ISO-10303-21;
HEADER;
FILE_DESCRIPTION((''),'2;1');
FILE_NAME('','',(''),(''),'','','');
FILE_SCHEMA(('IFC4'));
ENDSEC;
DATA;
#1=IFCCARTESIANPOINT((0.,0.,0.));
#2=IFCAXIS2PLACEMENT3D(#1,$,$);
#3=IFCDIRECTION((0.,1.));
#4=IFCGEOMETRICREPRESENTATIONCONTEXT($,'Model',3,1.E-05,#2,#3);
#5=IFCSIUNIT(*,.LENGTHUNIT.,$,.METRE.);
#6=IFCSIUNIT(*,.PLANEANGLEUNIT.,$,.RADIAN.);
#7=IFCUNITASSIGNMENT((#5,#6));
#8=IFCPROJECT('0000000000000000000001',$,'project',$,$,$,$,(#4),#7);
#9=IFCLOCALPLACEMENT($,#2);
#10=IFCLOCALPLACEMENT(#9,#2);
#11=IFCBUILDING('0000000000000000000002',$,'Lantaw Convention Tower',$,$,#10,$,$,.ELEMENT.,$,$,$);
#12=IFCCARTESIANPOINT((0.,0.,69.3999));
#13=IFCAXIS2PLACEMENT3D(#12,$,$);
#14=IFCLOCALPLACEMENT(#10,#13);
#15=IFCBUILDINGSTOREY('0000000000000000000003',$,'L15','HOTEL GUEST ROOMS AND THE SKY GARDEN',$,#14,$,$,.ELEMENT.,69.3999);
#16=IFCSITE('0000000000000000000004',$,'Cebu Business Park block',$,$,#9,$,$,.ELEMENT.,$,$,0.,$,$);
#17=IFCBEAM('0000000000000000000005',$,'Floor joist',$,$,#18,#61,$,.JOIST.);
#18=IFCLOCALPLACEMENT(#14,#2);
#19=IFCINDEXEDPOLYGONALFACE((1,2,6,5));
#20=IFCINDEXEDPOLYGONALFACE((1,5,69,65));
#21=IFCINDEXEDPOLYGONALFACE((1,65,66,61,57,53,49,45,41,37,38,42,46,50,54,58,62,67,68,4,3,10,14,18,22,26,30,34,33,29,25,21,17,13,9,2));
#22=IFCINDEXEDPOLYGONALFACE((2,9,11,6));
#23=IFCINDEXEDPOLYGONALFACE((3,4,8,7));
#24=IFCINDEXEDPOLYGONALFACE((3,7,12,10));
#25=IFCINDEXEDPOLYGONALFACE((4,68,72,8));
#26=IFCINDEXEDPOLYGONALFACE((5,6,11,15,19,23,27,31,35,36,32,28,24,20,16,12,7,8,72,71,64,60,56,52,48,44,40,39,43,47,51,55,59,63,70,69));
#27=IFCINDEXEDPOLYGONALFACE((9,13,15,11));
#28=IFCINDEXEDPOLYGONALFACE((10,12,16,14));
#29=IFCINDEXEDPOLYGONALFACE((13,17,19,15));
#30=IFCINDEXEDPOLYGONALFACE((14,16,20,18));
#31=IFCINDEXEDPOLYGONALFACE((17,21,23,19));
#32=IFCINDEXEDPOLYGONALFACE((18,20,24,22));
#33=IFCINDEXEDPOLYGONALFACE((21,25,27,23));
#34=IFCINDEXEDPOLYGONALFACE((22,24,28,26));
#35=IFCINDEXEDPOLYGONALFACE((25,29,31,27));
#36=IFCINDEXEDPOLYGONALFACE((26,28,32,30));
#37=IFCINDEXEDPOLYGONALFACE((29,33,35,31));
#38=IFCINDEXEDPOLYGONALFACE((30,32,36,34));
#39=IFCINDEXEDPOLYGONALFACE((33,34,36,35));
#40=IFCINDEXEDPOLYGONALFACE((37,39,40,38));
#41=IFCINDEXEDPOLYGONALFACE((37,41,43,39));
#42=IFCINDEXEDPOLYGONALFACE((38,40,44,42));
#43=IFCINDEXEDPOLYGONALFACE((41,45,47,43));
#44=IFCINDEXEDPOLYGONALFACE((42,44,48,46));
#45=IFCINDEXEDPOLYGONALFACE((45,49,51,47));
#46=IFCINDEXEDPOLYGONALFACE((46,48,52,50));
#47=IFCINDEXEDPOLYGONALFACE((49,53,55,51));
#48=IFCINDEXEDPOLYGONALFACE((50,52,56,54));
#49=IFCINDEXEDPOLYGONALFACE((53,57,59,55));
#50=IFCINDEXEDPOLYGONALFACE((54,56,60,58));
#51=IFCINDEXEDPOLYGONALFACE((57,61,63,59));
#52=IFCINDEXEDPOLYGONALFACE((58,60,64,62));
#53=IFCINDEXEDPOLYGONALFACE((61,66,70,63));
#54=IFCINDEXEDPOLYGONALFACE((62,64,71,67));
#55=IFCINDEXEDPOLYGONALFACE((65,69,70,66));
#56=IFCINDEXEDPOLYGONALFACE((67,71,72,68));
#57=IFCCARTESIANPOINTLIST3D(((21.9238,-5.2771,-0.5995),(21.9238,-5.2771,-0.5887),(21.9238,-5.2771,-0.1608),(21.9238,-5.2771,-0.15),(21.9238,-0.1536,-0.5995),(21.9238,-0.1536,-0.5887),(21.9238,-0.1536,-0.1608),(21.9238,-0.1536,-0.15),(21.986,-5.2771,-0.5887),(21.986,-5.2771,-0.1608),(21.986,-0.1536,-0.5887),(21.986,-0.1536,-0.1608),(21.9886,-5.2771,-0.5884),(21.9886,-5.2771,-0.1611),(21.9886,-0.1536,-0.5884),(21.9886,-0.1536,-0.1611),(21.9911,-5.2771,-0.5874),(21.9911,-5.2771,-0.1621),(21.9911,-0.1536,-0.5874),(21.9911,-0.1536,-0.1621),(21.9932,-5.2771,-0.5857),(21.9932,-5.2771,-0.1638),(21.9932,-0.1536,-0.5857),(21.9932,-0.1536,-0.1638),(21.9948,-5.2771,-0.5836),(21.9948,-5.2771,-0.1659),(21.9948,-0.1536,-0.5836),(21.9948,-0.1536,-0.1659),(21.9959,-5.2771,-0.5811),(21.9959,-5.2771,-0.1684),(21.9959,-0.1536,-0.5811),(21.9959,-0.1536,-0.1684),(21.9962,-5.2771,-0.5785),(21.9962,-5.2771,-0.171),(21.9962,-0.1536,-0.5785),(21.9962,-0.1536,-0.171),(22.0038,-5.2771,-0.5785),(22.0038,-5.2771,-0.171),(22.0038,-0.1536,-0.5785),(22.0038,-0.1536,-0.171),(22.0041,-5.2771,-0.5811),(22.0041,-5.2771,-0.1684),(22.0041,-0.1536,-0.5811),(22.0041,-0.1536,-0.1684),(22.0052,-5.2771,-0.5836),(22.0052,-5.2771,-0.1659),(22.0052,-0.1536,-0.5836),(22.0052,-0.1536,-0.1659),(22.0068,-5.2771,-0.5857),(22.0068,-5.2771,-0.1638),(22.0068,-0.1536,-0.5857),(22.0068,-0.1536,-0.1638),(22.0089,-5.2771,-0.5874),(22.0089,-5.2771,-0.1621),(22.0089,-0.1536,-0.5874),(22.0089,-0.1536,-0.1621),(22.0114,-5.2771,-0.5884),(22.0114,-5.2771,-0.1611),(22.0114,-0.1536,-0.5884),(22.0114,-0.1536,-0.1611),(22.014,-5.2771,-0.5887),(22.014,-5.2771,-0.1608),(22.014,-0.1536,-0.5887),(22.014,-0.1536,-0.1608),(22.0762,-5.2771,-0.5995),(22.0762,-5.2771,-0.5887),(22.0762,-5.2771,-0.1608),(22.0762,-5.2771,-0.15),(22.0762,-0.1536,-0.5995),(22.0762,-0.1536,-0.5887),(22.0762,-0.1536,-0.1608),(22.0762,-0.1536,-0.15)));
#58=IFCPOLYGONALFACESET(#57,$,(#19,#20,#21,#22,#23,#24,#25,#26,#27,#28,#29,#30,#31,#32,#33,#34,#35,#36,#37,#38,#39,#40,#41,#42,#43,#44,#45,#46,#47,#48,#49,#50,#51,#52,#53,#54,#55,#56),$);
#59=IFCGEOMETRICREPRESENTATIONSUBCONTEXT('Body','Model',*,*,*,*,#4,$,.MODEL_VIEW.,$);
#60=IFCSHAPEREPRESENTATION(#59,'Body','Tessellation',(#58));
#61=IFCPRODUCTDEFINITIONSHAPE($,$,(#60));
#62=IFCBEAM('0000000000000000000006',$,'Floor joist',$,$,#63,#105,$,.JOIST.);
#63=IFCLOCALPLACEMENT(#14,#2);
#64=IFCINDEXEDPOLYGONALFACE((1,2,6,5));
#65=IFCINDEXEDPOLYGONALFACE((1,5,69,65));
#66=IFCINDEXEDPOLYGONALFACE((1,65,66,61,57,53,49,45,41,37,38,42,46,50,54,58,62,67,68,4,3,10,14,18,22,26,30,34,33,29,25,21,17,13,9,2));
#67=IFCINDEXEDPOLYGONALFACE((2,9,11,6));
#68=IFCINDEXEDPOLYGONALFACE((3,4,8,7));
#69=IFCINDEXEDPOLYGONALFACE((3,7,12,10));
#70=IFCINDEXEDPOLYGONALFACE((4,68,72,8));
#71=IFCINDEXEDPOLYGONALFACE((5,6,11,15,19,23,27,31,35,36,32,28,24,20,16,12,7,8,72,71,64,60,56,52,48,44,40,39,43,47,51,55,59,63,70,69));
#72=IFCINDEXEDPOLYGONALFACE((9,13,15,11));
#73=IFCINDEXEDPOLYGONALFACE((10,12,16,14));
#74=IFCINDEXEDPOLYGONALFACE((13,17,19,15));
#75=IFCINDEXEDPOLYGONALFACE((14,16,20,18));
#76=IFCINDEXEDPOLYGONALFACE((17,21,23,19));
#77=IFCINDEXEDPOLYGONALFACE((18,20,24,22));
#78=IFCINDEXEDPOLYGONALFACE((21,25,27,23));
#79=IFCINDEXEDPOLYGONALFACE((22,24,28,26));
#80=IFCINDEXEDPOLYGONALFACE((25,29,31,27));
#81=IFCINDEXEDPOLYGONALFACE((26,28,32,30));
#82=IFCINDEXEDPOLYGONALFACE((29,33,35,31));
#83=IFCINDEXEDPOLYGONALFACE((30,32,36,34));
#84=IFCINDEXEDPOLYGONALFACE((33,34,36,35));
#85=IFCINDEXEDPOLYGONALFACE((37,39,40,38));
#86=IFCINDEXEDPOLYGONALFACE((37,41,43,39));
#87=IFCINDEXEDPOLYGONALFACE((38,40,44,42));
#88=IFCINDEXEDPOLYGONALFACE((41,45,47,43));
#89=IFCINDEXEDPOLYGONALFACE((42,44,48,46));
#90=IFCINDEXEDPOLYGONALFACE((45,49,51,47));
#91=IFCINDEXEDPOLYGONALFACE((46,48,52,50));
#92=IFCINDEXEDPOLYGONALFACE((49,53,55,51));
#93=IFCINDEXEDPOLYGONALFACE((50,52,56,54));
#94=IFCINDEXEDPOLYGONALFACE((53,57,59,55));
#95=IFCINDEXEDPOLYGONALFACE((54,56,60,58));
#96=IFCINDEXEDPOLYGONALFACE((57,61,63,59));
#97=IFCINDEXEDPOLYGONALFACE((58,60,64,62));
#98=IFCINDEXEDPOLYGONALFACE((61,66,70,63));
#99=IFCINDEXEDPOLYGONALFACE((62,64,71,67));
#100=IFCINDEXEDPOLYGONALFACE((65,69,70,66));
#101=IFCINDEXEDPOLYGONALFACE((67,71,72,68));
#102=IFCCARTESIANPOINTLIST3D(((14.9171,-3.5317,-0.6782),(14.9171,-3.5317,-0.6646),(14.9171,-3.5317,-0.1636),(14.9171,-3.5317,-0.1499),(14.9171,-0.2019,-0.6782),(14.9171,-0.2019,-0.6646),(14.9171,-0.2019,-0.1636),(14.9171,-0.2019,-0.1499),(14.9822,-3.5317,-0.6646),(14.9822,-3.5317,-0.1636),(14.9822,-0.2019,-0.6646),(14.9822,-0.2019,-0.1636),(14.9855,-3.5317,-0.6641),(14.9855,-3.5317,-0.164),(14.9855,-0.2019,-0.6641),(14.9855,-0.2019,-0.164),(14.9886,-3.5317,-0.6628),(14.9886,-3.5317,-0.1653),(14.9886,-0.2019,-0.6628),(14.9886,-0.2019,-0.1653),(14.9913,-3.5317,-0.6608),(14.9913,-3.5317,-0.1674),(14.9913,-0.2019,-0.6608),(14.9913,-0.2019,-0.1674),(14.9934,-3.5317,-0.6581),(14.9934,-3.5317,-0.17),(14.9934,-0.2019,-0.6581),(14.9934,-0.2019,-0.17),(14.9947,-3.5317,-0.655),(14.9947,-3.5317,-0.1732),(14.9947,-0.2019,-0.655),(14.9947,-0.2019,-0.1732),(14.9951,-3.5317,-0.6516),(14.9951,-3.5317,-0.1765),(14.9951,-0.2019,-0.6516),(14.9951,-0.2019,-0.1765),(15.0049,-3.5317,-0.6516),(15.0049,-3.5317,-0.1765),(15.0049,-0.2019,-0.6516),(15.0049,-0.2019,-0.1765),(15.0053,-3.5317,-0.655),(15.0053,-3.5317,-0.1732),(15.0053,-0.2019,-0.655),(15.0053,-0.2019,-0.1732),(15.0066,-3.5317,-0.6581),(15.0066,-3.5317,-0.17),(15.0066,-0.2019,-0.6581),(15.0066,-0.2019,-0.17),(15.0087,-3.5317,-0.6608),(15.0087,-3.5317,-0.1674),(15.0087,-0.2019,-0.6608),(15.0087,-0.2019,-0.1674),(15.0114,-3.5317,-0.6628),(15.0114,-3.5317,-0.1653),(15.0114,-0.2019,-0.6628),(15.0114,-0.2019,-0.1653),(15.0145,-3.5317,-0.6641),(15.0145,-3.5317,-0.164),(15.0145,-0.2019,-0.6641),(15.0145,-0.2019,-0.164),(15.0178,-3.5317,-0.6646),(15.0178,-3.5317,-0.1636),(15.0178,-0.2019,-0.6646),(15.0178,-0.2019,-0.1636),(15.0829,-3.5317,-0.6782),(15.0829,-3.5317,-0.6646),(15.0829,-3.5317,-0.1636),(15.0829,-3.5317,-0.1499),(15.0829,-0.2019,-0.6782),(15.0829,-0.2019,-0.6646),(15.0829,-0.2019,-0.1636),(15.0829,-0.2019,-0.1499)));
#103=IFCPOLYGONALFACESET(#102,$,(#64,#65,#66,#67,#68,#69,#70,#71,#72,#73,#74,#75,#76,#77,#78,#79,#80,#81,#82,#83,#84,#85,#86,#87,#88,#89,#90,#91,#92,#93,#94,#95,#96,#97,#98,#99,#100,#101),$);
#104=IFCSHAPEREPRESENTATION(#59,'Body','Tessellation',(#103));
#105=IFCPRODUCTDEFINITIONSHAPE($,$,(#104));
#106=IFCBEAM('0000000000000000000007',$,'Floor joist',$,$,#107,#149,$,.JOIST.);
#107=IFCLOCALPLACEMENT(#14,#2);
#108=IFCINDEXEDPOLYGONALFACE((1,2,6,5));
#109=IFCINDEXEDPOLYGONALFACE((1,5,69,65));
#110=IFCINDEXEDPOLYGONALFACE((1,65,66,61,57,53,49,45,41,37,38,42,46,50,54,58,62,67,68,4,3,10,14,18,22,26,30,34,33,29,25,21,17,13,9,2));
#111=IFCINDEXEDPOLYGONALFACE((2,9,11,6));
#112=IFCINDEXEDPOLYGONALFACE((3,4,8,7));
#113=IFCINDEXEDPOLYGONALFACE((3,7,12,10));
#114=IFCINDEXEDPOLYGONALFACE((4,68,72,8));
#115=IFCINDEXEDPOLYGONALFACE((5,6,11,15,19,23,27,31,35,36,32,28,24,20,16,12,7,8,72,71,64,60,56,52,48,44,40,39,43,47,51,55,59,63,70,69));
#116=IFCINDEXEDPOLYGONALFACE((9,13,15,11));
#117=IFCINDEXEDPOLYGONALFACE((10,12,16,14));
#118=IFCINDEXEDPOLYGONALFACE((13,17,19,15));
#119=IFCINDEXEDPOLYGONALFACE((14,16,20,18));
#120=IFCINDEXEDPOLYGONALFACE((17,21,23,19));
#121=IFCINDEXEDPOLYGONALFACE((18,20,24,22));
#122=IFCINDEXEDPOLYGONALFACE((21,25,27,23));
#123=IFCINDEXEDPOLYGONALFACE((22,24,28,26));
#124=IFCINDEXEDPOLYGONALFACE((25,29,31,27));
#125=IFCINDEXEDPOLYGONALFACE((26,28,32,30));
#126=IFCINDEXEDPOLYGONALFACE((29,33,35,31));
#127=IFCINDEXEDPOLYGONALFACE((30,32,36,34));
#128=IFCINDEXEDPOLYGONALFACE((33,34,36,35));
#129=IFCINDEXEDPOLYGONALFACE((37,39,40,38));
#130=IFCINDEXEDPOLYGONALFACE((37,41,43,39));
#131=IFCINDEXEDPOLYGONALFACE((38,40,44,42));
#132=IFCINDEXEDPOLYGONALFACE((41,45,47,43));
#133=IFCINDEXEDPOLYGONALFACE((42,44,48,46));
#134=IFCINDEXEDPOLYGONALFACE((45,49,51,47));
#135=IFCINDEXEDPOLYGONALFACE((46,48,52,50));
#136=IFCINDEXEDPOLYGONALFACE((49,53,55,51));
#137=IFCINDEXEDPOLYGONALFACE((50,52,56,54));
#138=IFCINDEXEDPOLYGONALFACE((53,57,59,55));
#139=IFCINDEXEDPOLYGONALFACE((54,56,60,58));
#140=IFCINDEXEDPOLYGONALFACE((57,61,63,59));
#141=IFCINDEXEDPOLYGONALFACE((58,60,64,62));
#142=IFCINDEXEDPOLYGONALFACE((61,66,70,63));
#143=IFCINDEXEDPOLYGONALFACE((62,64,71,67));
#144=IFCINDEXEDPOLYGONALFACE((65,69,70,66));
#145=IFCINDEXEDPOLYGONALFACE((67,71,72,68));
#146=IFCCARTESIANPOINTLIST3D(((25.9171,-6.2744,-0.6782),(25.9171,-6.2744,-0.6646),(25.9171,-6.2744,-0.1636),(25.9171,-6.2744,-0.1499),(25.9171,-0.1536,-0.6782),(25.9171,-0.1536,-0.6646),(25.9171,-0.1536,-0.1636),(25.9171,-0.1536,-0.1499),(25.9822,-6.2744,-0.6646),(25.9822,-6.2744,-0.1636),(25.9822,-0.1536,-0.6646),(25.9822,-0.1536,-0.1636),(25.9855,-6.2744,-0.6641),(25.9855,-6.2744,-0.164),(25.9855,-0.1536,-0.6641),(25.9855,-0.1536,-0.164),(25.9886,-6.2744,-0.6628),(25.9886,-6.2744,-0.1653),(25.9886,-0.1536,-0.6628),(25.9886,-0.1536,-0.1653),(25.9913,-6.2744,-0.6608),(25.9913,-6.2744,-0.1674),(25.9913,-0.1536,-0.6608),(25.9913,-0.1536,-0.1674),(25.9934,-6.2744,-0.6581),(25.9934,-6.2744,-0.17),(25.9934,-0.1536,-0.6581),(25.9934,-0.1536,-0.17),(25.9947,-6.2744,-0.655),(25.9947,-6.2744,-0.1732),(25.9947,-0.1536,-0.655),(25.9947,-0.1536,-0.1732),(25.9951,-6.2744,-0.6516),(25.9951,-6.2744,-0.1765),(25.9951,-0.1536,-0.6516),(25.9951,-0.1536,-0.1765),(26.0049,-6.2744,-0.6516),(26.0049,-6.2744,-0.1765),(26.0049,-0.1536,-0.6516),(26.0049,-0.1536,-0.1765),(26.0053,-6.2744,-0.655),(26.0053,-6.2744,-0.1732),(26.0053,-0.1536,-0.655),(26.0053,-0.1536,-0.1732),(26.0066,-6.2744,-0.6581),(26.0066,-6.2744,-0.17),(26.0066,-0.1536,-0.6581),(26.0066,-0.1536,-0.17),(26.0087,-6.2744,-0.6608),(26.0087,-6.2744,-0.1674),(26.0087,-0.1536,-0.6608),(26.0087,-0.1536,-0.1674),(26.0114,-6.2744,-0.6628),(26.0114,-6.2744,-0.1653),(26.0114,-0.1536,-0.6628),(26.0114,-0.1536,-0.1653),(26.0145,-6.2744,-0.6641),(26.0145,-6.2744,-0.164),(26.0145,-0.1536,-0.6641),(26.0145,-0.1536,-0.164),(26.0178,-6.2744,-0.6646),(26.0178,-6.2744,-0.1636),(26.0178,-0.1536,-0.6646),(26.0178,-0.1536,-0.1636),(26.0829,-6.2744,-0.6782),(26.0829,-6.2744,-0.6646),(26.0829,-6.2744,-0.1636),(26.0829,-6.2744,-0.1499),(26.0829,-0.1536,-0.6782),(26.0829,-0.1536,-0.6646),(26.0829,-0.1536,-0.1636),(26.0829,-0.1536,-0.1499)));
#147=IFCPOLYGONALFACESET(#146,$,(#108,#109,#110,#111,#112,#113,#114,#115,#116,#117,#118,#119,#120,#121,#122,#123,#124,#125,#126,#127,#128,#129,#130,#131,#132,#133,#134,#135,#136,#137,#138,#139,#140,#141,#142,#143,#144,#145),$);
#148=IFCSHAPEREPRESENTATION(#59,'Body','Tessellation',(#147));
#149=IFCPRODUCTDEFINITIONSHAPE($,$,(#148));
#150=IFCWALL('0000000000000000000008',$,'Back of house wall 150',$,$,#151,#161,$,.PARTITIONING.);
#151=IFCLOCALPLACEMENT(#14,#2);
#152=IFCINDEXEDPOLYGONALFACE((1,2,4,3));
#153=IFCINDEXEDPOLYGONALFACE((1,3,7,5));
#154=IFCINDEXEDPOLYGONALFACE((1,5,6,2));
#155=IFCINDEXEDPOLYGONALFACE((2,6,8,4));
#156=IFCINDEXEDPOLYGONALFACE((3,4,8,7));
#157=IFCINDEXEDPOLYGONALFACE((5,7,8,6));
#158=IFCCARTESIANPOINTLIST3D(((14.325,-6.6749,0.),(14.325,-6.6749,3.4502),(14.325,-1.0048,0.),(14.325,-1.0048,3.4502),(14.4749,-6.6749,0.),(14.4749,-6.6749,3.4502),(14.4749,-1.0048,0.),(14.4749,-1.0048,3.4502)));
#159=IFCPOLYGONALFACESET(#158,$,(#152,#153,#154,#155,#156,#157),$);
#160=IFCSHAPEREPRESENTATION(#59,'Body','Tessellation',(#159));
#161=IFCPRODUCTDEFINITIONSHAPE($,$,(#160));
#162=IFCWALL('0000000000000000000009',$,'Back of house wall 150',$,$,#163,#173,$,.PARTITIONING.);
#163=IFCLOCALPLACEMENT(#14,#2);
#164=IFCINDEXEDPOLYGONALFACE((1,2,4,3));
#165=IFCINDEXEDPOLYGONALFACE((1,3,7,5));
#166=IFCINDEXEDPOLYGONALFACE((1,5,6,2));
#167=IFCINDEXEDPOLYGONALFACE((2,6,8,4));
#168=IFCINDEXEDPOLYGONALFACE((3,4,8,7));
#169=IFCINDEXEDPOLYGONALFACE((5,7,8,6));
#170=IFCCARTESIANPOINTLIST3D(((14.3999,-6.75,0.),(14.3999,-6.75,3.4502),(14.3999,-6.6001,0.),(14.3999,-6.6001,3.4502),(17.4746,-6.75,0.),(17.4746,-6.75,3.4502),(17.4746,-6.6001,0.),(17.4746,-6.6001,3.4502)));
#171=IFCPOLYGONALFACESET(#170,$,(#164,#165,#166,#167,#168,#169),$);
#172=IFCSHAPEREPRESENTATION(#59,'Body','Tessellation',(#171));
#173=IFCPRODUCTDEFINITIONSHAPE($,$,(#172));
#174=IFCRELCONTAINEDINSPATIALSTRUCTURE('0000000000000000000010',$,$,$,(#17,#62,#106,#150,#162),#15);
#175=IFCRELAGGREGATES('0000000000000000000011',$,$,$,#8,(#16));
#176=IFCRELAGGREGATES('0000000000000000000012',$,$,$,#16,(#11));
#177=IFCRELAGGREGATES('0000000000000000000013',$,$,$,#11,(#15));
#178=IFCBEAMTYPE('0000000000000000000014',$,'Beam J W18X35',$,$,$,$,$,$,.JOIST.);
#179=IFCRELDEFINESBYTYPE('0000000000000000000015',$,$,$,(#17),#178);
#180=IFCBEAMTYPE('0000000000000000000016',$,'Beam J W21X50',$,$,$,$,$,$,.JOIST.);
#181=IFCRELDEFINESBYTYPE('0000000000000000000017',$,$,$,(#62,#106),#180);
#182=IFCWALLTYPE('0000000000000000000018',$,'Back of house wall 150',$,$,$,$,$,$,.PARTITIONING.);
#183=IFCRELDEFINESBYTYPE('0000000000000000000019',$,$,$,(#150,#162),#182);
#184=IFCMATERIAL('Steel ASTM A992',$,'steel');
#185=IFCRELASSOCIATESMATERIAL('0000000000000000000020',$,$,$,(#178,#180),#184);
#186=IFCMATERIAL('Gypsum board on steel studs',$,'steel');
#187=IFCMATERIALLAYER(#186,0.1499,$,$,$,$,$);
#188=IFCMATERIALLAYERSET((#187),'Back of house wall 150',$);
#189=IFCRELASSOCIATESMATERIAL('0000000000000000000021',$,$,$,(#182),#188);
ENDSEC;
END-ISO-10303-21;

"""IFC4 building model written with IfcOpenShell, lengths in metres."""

from ifc_helpers import new_model, si_unit, direction, frame, frame_2d, origin, origin_2d, place, context, subcontext, project, spatial, rectangle, i_section, extrude, material, layer, layer_set, material_profile, profile_set, type_object, element, save


model = new_model("IFC4")

# Units and contexts
model_context = context("Model", 3, precision=1e-05, world=origin(), true_north=direction((0.0, 1.0)))
body_context = subcontext(model_context, "Body", "Model", "MODEL_VIEW")
ifc_project = project(units=[si_unit("LENGTHUNIT", "METRE"), si_unit("PLANEANGLEUNIT", "RADIAN")], contexts=[model_context])

# Site, building, storey
site_placement = place(None, origin())
site = spatial("IfcSite", under=ifc_project, at=site_placement, Name="Cebu Business Park block", CompositionType="ELEMENT", RefElevation=0.0)
building_placement = place(site_placement, origin())
building = spatial("IfcBuilding", under=site, at=building_placement, Name="Lantaw Convention Tower", CompositionType="ELEMENT")
storey_placement = place(building_placement, frame((0.0, 0.0, 69.3999)))
storey = spatial("IfcBuildingStorey", under=building, at=storey_placement, Name="L15", Description="HOTEL GUEST ROOMS AND THE SKY GARDEN", CompositionType="ELEMENT", Elevation=69.3999)

# Beams
ifc_material_1 = material(Name="Steel ASTM A992", Category="steel")
ifc_material_profile_1 = material_profile(ifc_material_1, i_section(OverallWidth=0.1523, OverallDepth=0.4495, WebThickness=0.0076, FlangeThickness=0.0107, FilletRadius=0.0103, at=origin_2d()), Name="W18X35")
ifc_profile_set_1 = profile_set([ifc_material_profile_1], Name="Steel ASTM A992")
beam_type_1 = type_object("IfcBeamType", Name="Beam J W18X35", PredefinedType="JOIST", material=ifc_profile_set_1)
beam_1_placement = place(storey_placement, frame((22.0, -5.2771, -0.3748), z_axis=(0.0, 1.0, 0.0), x_axis=(-1.0, 0.0, 0.0)))
element("IfcBeam", 1, at=beam_1_placement, inside=storey, type_object=beam_type_1, Name="Floor joist", PredefinedType="JOIST", context=body_context, shape_type="SweptSolid", body=[
    extrude(i_section(OverallWidth=0.1523, OverallDepth=0.4495, WebThickness=0.0076, FlangeThickness=0.0107, FilletRadius=0.0103, at=origin_2d()), origin(), (0.0, 0.0, 1.0), 5.1235),
])
ifc_material_profile_2 = material_profile(ifc_material_1, i_section(OverallWidth=0.1658, OverallDepth=0.5283, WebThickness=0.0098, FlangeThickness=0.0137, FilletRadius=0.0129, at=origin_2d()), Name="W21X50")
ifc_profile_set_2 = profile_set([ifc_material_profile_2], Name="Steel ASTM A992")
beam_type_2 = type_object("IfcBeamType", Name="Beam J W21X50", PredefinedType="JOIST", material=ifc_profile_set_2)
beam_2_placement = place(storey_placement, frame((15.0, -3.5317, -0.4141), z_axis=(0.0, 1.0, 0.0), x_axis=(-1.0, 0.0, 0.0)))
element("IfcBeam", 2, at=beam_2_placement, inside=storey, type_object=beam_type_2, Name="Floor joist", PredefinedType="JOIST", context=body_context, shape_type="SweptSolid", body=[
    extrude(i_section(OverallWidth=0.1658, OverallDepth=0.5283, WebThickness=0.0098, FlangeThickness=0.0137, FilletRadius=0.0129, at=origin_2d()), origin(), (0.0, 0.0, 1.0), 3.3298),
])
beam_3_placement = place(storey_placement, frame((26.0, -6.2744, -0.4141), z_axis=(0.0, 1.0, 0.0), x_axis=(-1.0, 0.0, 0.0)))
element("IfcBeam", 3, at=beam_3_placement, inside=storey, type_object=beam_type_2, Name="Floor joist", PredefinedType="JOIST", context=body_context, shape_type="SweptSolid", body=[
    extrude(i_section(OverallWidth=0.1658, OverallDepth=0.5283, WebThickness=0.0098, FlangeThickness=0.0137, FilletRadius=0.0129, at=origin_2d()), origin(), (0.0, 0.0, 1.0), 6.1208),
])

# Walls
ifc_material_2 = material(Name="Gypsum board on steel studs", Category="steel")
ifc_layer_1 = layer(ifc_material_2, 0.1499)
ifc_layer_set_1 = layer_set([ifc_layer_1], Name="Back of house wall 150")
wall_type_1 = type_object("IfcWallType", Name="Back of house wall 150", PredefinedType="PARTITIONING", material=ifc_layer_set_1)
wall_1_placement = place(storey_placement, frame((14.3999, -1.0049, 0.0), z_axis=(0.0, 0.0, 1.0), x_axis=(0.0, -1.0, 0.0)))
element("IfcWall", 4, at=wall_1_placement, inside=storey, type_object=wall_type_1, Name="Back of house wall 150", PredefinedType="PARTITIONING", context=body_context, shape_type="SweptSolid", body=[
    extrude(rectangle(XDim=5.6702, YDim=0.1499, at=frame_2d((2.835, 0.0))), origin(), (0.0, 0.0, 1.0), 3.4502),
])
wall_2_placement = place(storey_placement, frame((14.3999, -6.675, 0.0), z_axis=(0.0, 0.0, 1.0), x_axis=(1.0, 0.0, 0.0)))
element("IfcWall", 5, at=wall_2_placement, inside=storey, type_object=wall_type_1, Name="Back of house wall 150", PredefinedType="PARTITIONING", context=body_context, shape_type="SweptSolid", body=[
    extrude(rectangle(XDim=3.0747, YDim=0.1499, at=frame_2d((1.5374, 0.0))), origin(), (0.0, 0.0, 1.0), 3.4502),
])

save(model, "model.ifc")
